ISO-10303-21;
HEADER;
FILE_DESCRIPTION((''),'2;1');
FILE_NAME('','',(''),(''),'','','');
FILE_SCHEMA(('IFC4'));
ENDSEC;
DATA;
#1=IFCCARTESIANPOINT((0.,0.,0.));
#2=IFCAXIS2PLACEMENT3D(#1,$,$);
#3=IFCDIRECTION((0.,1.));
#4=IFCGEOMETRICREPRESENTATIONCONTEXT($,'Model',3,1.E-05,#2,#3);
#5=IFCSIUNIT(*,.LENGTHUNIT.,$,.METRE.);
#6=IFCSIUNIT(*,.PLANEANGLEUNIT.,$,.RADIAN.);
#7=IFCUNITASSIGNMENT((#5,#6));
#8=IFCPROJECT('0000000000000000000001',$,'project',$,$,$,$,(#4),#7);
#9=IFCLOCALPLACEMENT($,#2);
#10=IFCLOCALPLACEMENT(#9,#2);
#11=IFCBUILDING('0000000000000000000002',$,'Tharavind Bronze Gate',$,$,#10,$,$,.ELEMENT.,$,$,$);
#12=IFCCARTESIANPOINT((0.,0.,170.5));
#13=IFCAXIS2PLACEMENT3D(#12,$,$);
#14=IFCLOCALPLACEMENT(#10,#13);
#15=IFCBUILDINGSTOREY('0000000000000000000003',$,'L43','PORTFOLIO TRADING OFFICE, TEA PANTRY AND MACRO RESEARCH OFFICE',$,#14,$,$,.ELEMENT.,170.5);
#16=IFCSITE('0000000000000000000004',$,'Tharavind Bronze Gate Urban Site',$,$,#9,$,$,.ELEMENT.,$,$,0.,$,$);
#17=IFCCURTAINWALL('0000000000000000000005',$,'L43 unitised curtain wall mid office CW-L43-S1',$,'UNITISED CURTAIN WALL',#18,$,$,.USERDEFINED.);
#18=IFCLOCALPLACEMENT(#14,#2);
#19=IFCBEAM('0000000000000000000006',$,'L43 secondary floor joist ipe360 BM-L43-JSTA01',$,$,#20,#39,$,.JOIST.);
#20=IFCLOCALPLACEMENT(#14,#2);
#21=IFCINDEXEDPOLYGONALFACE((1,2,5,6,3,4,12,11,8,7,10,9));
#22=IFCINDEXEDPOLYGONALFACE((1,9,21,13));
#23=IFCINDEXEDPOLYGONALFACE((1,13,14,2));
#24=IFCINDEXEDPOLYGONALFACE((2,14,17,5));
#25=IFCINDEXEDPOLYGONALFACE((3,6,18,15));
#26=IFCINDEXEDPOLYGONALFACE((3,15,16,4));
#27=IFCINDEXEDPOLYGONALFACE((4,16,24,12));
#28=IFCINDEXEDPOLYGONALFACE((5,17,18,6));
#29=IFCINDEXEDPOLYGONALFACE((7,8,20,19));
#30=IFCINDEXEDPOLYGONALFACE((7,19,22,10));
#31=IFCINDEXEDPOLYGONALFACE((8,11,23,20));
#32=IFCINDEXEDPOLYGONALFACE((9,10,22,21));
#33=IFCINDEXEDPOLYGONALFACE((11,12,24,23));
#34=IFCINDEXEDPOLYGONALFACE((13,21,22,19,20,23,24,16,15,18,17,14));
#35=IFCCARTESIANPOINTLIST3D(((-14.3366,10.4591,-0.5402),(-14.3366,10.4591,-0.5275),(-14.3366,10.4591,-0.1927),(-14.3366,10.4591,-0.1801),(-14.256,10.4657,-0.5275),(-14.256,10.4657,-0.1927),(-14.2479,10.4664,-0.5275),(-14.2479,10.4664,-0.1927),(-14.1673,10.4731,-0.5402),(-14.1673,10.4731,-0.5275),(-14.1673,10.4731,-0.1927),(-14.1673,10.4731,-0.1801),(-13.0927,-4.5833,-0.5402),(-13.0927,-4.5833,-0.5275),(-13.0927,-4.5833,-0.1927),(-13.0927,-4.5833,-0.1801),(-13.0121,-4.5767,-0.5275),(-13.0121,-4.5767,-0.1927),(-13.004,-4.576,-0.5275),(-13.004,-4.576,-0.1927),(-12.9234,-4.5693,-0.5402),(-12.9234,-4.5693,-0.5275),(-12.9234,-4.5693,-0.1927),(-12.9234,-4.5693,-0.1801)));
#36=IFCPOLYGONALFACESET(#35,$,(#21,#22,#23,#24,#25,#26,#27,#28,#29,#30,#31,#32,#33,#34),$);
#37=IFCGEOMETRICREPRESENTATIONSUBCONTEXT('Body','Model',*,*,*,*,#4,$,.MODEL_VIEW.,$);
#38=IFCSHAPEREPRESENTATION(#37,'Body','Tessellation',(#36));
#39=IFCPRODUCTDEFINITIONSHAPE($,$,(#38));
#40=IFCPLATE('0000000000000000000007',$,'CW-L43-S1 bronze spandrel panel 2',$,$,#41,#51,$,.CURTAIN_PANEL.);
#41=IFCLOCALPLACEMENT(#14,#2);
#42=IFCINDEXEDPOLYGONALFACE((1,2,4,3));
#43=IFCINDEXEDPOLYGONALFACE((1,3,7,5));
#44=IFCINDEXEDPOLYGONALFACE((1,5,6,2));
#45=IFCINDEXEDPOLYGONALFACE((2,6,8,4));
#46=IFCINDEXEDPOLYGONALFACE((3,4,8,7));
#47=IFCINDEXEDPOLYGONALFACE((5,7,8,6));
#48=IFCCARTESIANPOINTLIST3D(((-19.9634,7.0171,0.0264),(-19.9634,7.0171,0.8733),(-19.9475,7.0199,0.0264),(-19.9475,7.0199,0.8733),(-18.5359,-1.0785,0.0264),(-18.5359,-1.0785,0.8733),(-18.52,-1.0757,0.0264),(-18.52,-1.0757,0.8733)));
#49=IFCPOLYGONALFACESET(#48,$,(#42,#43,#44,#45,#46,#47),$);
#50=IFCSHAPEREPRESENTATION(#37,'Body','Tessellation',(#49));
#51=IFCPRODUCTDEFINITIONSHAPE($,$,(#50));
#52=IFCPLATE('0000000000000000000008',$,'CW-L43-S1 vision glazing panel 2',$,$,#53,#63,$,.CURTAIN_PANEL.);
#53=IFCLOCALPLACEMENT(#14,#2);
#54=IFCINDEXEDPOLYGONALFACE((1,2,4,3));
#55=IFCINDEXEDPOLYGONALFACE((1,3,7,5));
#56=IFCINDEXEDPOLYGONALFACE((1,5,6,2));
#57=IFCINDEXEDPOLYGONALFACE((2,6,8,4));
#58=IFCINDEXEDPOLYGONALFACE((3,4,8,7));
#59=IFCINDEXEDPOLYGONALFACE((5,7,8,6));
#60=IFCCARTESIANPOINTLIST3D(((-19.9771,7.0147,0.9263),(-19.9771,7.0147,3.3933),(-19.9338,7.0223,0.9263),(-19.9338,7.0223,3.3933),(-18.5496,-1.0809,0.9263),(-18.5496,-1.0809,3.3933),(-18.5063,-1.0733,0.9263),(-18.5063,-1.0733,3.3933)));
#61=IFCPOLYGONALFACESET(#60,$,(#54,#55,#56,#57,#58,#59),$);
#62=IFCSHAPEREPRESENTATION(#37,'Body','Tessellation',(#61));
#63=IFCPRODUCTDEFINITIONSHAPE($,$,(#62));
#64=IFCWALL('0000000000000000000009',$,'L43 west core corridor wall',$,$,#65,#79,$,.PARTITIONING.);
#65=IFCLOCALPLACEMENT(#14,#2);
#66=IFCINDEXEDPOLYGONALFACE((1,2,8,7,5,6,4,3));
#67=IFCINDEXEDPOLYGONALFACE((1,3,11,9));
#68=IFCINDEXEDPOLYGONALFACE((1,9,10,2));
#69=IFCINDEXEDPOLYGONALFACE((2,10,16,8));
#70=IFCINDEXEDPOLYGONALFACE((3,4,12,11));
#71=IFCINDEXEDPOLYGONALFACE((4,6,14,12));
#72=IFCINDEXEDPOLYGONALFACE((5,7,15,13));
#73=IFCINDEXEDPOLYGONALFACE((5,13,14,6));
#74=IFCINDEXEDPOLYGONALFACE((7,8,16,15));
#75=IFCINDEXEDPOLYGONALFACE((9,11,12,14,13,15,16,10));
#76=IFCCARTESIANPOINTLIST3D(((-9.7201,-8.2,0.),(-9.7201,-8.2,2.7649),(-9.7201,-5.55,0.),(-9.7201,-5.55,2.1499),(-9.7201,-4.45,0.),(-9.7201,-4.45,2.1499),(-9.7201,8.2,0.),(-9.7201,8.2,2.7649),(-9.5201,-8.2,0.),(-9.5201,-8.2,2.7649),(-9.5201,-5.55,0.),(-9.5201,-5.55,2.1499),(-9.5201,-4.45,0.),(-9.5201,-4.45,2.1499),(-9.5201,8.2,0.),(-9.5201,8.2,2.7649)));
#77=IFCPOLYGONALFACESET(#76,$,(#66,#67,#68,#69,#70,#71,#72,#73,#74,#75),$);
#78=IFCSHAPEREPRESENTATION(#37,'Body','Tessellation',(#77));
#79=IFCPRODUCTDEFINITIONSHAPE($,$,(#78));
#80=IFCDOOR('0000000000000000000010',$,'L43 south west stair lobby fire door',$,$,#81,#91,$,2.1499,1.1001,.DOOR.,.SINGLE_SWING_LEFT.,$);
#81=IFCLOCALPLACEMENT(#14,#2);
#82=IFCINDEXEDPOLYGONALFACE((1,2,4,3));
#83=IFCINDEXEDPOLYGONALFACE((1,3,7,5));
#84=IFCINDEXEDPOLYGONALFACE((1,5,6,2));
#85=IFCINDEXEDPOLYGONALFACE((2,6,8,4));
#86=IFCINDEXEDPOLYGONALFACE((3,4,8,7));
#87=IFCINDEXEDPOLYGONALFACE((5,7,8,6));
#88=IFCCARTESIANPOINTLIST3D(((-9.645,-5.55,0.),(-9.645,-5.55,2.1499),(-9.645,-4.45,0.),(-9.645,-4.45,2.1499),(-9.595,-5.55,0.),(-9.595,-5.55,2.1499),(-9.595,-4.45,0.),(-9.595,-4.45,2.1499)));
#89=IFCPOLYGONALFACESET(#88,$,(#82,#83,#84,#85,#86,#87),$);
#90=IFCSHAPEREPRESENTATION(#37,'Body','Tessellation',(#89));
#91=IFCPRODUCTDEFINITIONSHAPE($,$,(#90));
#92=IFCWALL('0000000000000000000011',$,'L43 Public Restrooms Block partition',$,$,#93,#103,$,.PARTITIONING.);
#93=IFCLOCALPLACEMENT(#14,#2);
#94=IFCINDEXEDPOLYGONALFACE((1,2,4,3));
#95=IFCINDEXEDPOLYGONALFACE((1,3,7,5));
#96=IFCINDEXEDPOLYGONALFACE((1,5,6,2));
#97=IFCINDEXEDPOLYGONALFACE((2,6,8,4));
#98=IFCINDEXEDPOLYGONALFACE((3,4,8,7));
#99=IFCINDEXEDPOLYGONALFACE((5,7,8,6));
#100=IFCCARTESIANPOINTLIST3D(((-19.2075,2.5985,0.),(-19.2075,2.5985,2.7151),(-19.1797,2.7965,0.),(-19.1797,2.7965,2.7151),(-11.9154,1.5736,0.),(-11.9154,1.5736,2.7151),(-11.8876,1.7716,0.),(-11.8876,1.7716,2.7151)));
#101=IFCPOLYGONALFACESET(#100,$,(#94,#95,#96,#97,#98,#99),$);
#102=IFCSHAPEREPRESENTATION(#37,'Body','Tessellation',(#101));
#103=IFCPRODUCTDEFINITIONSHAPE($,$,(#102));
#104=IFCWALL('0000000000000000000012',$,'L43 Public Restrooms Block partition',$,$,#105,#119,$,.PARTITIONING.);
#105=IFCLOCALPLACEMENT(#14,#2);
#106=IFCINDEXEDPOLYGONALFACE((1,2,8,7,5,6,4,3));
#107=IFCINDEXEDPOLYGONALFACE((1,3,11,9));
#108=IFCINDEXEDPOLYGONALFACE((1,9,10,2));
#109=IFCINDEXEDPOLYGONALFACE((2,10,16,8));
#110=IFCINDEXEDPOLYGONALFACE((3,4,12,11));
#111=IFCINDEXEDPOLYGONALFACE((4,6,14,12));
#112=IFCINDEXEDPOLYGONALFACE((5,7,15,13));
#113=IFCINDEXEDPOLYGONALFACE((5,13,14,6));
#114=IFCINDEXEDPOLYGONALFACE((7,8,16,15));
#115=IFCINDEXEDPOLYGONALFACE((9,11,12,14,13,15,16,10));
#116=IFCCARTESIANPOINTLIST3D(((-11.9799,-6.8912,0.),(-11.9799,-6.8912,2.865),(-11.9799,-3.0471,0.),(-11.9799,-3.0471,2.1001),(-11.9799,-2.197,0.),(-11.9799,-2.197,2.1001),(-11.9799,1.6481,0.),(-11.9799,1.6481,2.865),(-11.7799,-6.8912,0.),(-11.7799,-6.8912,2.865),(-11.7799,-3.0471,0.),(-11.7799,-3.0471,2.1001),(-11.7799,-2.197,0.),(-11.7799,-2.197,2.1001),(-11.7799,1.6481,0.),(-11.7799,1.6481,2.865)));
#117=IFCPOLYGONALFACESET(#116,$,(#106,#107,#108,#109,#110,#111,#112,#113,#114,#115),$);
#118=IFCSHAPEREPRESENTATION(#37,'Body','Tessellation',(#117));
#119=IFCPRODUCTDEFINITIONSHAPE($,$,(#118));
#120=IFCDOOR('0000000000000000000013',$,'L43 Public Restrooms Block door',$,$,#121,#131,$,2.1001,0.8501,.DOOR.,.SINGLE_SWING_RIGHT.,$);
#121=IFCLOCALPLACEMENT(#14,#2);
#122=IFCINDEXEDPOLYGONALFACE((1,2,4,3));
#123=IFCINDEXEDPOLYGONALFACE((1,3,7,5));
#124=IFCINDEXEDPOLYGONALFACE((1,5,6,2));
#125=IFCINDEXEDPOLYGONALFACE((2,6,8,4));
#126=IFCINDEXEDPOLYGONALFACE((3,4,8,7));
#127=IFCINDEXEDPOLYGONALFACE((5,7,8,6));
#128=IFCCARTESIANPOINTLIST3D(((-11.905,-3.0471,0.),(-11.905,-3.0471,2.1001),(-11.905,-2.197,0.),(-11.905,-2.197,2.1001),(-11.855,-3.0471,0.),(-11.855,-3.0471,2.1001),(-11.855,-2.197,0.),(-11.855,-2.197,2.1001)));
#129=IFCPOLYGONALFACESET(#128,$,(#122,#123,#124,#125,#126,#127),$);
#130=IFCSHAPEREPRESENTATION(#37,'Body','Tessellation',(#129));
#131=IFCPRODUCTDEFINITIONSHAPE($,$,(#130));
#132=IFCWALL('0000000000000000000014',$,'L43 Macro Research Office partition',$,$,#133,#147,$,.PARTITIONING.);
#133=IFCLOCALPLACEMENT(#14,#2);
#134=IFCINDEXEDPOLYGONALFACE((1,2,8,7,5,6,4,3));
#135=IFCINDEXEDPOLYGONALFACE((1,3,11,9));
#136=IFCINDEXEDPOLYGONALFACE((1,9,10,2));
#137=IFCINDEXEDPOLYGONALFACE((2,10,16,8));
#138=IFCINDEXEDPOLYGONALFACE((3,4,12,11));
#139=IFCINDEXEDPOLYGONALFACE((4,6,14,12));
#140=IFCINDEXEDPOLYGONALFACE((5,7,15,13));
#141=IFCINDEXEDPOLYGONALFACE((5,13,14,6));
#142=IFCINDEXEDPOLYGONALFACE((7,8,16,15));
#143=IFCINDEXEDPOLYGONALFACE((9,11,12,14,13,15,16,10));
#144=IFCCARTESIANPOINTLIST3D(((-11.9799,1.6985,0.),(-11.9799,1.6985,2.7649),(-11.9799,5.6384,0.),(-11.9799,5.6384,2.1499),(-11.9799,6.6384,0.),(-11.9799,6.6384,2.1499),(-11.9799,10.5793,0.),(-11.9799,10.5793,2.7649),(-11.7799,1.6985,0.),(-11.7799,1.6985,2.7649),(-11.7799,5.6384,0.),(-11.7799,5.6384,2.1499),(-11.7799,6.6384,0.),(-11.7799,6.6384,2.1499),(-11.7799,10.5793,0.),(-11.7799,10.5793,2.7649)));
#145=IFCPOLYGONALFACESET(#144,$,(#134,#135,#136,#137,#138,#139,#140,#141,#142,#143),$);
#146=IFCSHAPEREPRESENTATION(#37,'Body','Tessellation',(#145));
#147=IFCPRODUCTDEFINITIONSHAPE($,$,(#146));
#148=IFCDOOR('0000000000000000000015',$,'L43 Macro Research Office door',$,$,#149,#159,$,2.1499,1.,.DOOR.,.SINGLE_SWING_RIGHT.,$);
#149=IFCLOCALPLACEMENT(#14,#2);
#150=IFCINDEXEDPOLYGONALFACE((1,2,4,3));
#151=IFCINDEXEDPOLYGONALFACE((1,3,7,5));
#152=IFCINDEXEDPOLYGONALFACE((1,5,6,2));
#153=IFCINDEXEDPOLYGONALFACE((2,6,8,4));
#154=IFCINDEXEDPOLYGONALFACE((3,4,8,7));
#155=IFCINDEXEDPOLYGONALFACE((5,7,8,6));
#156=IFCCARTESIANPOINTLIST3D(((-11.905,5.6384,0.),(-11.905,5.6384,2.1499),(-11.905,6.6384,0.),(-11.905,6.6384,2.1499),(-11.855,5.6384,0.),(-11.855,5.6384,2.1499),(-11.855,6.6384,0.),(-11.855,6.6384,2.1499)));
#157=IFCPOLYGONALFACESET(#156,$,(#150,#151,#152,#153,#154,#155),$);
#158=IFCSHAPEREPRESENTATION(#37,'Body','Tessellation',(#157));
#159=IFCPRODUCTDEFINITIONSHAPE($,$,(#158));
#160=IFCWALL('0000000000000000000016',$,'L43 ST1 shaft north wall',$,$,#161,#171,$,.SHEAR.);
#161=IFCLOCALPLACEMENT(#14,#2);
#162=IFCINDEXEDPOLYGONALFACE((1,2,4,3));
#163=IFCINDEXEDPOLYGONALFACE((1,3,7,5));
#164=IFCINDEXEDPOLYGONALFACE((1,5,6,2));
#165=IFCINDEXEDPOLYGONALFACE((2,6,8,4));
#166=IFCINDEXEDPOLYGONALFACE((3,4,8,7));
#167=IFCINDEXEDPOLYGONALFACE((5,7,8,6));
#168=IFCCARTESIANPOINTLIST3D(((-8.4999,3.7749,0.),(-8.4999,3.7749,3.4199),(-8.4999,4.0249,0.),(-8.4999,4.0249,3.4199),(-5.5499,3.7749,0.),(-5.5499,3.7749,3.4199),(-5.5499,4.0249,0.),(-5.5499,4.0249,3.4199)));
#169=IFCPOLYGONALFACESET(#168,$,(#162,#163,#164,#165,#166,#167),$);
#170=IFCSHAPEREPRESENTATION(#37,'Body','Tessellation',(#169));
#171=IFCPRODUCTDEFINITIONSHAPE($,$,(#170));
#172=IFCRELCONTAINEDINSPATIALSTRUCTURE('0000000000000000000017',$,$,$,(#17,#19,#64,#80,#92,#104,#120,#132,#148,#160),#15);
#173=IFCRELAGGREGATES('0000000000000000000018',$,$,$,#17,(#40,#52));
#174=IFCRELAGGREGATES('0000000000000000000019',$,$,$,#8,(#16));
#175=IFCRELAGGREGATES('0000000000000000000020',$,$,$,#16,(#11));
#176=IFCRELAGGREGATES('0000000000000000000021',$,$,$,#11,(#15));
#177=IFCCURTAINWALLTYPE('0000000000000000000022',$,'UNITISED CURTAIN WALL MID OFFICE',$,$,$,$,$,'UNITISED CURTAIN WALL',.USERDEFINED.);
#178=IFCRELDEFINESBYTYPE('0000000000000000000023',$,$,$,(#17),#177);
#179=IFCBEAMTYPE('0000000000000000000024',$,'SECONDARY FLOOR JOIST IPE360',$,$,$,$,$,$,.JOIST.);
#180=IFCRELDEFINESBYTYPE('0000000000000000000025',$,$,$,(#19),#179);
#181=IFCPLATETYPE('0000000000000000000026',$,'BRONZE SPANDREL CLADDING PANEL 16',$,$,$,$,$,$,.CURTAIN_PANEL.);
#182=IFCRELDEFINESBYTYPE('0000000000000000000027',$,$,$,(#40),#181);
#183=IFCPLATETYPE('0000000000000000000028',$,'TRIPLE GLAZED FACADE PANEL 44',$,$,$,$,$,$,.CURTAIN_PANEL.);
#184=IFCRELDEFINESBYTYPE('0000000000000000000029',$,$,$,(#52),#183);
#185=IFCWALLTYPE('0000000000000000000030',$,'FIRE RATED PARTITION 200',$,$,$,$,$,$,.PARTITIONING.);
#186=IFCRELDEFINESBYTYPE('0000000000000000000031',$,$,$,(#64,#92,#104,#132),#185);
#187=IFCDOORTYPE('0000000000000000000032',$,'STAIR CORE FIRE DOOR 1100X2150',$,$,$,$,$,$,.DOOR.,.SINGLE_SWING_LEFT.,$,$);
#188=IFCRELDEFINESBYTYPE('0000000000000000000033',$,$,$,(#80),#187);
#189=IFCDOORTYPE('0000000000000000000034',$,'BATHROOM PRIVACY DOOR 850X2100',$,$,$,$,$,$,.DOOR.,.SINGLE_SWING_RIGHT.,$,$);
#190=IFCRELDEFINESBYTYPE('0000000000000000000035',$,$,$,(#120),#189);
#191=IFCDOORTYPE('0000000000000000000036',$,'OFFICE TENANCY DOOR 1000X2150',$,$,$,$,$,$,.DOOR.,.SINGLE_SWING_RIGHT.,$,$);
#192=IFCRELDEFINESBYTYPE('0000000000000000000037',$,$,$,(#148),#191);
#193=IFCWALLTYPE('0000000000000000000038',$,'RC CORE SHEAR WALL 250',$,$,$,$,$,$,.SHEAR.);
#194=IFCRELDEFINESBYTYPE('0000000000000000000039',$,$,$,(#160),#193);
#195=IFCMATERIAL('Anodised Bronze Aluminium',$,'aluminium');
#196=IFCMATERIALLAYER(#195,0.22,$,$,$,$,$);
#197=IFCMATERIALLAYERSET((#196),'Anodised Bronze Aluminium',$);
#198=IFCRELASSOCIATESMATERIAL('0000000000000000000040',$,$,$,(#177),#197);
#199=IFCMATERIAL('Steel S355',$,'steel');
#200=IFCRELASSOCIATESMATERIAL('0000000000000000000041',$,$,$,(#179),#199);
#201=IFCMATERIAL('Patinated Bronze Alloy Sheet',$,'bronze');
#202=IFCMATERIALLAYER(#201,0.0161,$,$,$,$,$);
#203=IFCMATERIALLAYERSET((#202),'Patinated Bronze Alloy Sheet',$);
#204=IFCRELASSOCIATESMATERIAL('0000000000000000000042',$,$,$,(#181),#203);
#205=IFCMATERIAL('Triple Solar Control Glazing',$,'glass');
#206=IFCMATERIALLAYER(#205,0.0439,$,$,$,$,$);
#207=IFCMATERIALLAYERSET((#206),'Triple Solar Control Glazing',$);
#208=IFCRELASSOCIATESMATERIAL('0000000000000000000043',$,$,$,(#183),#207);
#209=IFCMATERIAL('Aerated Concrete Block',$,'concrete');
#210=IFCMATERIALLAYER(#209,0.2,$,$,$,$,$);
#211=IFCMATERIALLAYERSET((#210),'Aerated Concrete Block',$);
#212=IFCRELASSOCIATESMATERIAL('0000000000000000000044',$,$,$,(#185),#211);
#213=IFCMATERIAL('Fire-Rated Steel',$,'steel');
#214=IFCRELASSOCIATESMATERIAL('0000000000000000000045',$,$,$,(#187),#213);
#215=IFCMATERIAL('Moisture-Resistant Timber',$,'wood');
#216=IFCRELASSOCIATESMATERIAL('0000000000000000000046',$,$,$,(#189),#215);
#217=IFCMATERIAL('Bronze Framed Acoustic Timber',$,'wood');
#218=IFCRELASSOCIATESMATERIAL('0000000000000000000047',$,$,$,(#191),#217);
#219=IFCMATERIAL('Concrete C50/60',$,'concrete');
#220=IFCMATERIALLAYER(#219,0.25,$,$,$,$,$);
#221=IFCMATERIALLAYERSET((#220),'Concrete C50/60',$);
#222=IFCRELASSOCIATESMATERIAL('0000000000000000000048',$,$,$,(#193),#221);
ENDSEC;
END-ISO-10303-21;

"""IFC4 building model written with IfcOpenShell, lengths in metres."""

from ifc_helpers import new_model, si_unit, direction, frame, frame_2d, origin, origin_2d, place, context, subcontext, project, spatial, rectangle, i_section, extrude, material, layer, layer_set, material_profile, profile_set, type_object, element, fill, aggregate, save


model = new_model("IFC4")

# Units and contexts
model_context = context("Model", 3, precision=1e-05, world=origin(), true_north=direction((0.0, 1.0)))
body_context = subcontext(model_context, "Body", "Model", "MODEL_VIEW")
ifc_project = project(units=[si_unit("LENGTHUNIT", "METRE"), si_unit("PLANEANGLEUNIT", "RADIAN")], contexts=[model_context])

# Site, building, storey
site_placement = place(None, origin())
site = spatial("IfcSite", under=ifc_project, at=site_placement, Name="Tharavind Bronze Gate Urban Site", CompositionType="ELEMENT", RefElevation=0.0)
building_placement = place(site_placement, origin())
building = spatial("IfcBuilding", under=site, at=building_placement, Name="Tharavind Bronze Gate", CompositionType="ELEMENT")
storey_placement = place(building_placement, frame((0.0, 0.0, 170.5)))
storey = spatial("IfcBuildingStorey", under=building, at=storey_placement, Name="L43", Description="PORTFOLIO TRADING OFFICE, TEA PANTRY AND MACRO RESEARCH OFFICE", CompositionType="ELEMENT", Elevation=170.5)

# Curtain wall
ifc_material_1 = material(Name="Anodised Bronze Aluminium", Category="aluminium")
ifc_layer_1 = layer(ifc_material_1, 0.22)
ifc_layer_set_1 = layer_set([ifc_layer_1], Name="Anodised Bronze Aluminium")
curtain_wall_type = type_object("IfcCurtainWallType", Name="UNITISED CURTAIN WALL MID OFFICE", ElementType="UNITISED CURTAIN WALL", PredefinedType="USERDEFINED", material=ifc_layer_set_1)
curtain_wall_placement = place(storey_placement, origin())
curtain_wall = element("IfcCurtainWall", 1, at=curtain_wall_placement, inside=storey, type_object=curtain_wall_type, Name="L43 unitised curtain wall mid office CW-L43-S1", ObjectType="UNITISED CURTAIN WALL", PredefinedType="USERDEFINED")

# Beam
ifc_material_2 = material(Name="Steel S355", Category="steel")
ifc_material_profile_1 = material_profile(ifc_material_2, i_section(OverallWidth=0.1699, OverallDepth=0.3601, WebThickness=0.0081, FlangeThickness=0.0127, at=origin_2d()), Name="IPE360")
ifc_profile_set_1 = profile_set([ifc_material_profile_1], Name="Steel S355")
beam_type_1 = type_object("IfcBeamType", Name="SECONDARY FLOOR JOIST IPE360", PredefinedType="JOIST", material=ifc_profile_set_1)
beam_1_placement = place(storey_placement, frame((-14.252, 10.4661, -0.3601), z_axis=(0.082411, -0.996598, 0.0), x_axis=(0.996598, 0.082411, 0.0)))
element("IfcBeam", 2, at=beam_1_placement, inside=storey, type_object=beam_type_1, Name="L43 secondary floor joist ipe360 BM-L43-JSTA01", PredefinedType="JOIST", context=body_context, shape_type="SweptSolid", body=[
    extrude(i_section(OverallWidth=0.1699, OverallDepth=0.3601, WebThickness=0.0081, FlangeThickness=0.0127, at=origin_2d()), origin(), (0.0, 0.0, 1.0), 15.0938),
])

# Plates
ifc_material_3 = material(Name="Patinated Bronze Alloy Sheet", Category="bronze")
ifc_layer_2 = layer(ifc_material_3, 0.0161)
ifc_layer_set_2 = layer_set([ifc_layer_2], Name="Patinated Bronze Alloy Sheet")
plate_type_1 = type_object("IfcPlateType", Name="BRONZE SPANDREL CLADDING PANEL 16", PredefinedType="CURTAIN_PANEL", material=ifc_layer_set_2)
plate_1_placement = place(storey_placement, frame((-19.2417, 2.9707, 0.0264), z_axis=(0.0, 0.0, 1.0), x_axis=(0.173648, -0.984808, 0.0)))
plate_1 = element("IfcPlate", 3, at=plate_1_placement, type_object=plate_type_1, Name="CW-L43-S1 bronze spandrel panel 2", PredefinedType="CURTAIN_PANEL", context=body_context, shape_type="SweptSolid", body=[
    extrude(rectangle(XDim=8.2205, YDim=0.0161, at=origin_2d()), origin(), (0.0, 0.0, 1.0), 0.8469),
])
ifc_material_4 = material(Name="Triple Solar Control Glazing", Category="glass")
ifc_layer_3 = layer(ifc_material_4, 0.0439)
ifc_layer_set_3 = layer_set([ifc_layer_3], Name="Triple Solar Control Glazing")
plate_type_2 = type_object("IfcPlateType", Name="TRIPLE GLAZED FACADE PANEL 44", PredefinedType="CURTAIN_PANEL", material=ifc_layer_set_3)
plate_2_placement = place(storey_placement, frame((-19.2417, 2.9707, 0.9263), z_axis=(0.0, 0.0, 1.0), x_axis=(0.173648, -0.984808, 0.0)))
plate_2 = element("IfcPlate", 4, at=plate_2_placement, type_object=plate_type_2, Name="CW-L43-S1 vision glazing panel 2", PredefinedType="CURTAIN_PANEL", context=body_context, shape_type="SweptSolid", body=[
    extrude(rectangle(XDim=8.2205, YDim=0.0439, at=origin_2d()), origin(), (0.0, 0.0, 1.0), 2.467),
])
aggregate(curtain_wall, [plate_1, plate_2])

# Wall, opening, door
ifc_material_5 = material(Name="Aerated Concrete Block", Category="concrete")
ifc_layer_4 = layer(ifc_material_5, 0.2)
ifc_layer_set_4 = layer_set([ifc_layer_4], Name="Aerated Concrete Block")
wall_type_1 = type_object("IfcWallType", Name="FIRE RATED PARTITION 200", PredefinedType="PARTITIONING", material=ifc_layer_set_4)
wall_1_placement = place(storey_placement, frame((-9.6201, 8.2, 0.0), z_axis=(0.0, 0.0, 1.0), x_axis=(0.0, -1.0, 0.0)))
wall_1 = element("IfcWall", 5, at=wall_1_placement, inside=storey, type_object=wall_type_1, Name="L43 west core corridor wall", PredefinedType="PARTITIONING", context=body_context, shape_type="SweptSolid", body=[
    extrude(rectangle(XDim=16.3999, YDim=0.2, at=frame_2d((8.2, 0.0))), origin(), (0.0, 0.0, 1.0), 2.7649),
])
opening_1_placement = place(wall_1_placement, frame((12.6499, 0.0, 0.0)))
opening_1 = element("IfcOpeningElement", 6, at=opening_1_placement, cuts=wall_1, PredefinedType="OPENING", context=body_context, shape_type="SweptSolid", body=[
    extrude(rectangle(XDim=1.1001, YDim=2.1499, at=frame_2d((0.55, 1.075))), frame((0.0, 0.1101, 0.0), z_axis=(0.0, -1.0, 0.0), x_axis=(1.0, 0.0, 0.0)), (0.0, 0.0, 1.0), 0.22),
])
ifc_material_6 = material(Name="Fire-Rated Steel", Category="steel")
door_type_1 = type_object("IfcDoorType", Name="STAIR CORE FIRE DOOR 1100X2150", OperationType="SINGLE_SWING_LEFT", PredefinedType="DOOR", material=ifc_material_6)
door_1_placement = place(opening_1_placement, frame((1.1001, 0.0, 0.0), z_axis=(0.0, 0.0, 1.0), x_axis=(-1.0, 0.0, 0.0)))
door_1 = element("IfcDoor", 7, at=door_1_placement, inside=storey, type_object=door_type_1, Name="L43 south west stair lobby fire door", OperationType="SINGLE_SWING_LEFT", OverallHeight=2.1499, OverallWidth=1.1001, PredefinedType="DOOR", context=body_context, shape_type="SweptSolid", body=[
    extrude(rectangle(XDim=1.1001, YDim=2.1499, at=frame_2d((0.55, 1.075))), frame((0.0, 0.0249, 0.0), z_axis=(0.0, -1.0, 0.0), x_axis=(1.0, 0.0, 0.0)), (0.0, 0.0, 1.0), 0.05),
])
fill(opening_1, door_1)

# Wall
wall_2_placement = place(storey_placement, frame((-19.1936, 2.6975, 0.0), z_axis=(0.0, 0.0, 1.0), x_axis=(0.990267, -0.139184, 0.0)))
element("IfcWall", 8, at=wall_2_placement, inside=storey, type_object=wall_type_1, Name="L43 Public Restrooms Block partition", PredefinedType="PARTITIONING", context=body_context, shape_type="SweptSolid", body=[
    extrude(rectangle(XDim=7.3638, YDim=0.2, at=frame_2d((3.6819, 0.0))), origin(), (0.0, 0.0, 1.0), 2.7151),
])

# Walls, openings, doors
wall_3_placement = place(storey_placement, frame((-11.8799, 1.6479, 0.0), z_axis=(0.0, 0.0, 1.0), x_axis=(0.0, -1.0, 0.0)))
wall_3 = element("IfcWall", 9, at=wall_3_placement, inside=storey, type_object=wall_type_1, Name="L43 Public Restrooms Block partition", PredefinedType="PARTITIONING", context=body_context, shape_type="SweptSolid", body=[
    extrude(rectangle(XDim=8.5393, YDim=0.2, at=frame_2d((4.2695, 0.0))), origin(), (0.0, 0.0, 1.0), 2.865),
])
opening_2_placement = place(wall_3_placement, frame((3.845, 0.0, 0.0)))
opening_2 = element("IfcOpeningElement", 10, at=opening_2_placement, cuts=wall_3, PredefinedType="OPENING", context=body_context, shape_type="SweptSolid", body=[
    extrude(rectangle(XDim=0.8501, YDim=2.1001, at=frame_2d((0.425, 1.05))), frame((0.0, 0.1101, 0.0), z_axis=(0.0, -1.0, 0.0), x_axis=(1.0, 0.0, 0.0)), (0.0, 0.0, 1.0), 0.22),
])
ifc_material_7 = material(Name="Moisture-Resistant Timber", Category="wood")
door_type_2 = type_object("IfcDoorType", Name="BATHROOM PRIVACY DOOR 850X2100", OperationType="SINGLE_SWING_RIGHT", PredefinedType="DOOR", material=ifc_material_7)
door_2_placement = place(opening_2_placement, origin())
door_2 = element("IfcDoor", 11, at=door_2_placement, inside=storey, type_object=door_type_2, Name="L43 Public Restrooms Block door", OperationType="SINGLE_SWING_RIGHT", OverallHeight=2.1001, OverallWidth=0.8501, PredefinedType="DOOR", context=body_context, shape_type="SweptSolid", body=[
    extrude(rectangle(XDim=0.8501, YDim=2.1001, at=frame_2d((0.425, 1.05))), frame((0.0, 0.0249, 0.0), z_axis=(0.0, -1.0, 0.0), x_axis=(1.0, 0.0, 0.0)), (0.0, 0.0, 1.0), 0.05),
])
fill(opening_2, door_2)
wall_4_placement = place(storey_placement, frame((-11.8799, 10.5793, 0.0), z_axis=(0.0, 0.0, 1.0), x_axis=(0.0, -1.0, 0.0)))
wall_4 = element("IfcWall", 12, at=wall_4_placement, inside=storey, type_object=wall_type_1, Name="L43 Macro Research Office partition", PredefinedType="PARTITIONING", context=body_context, shape_type="SweptSolid", body=[
    extrude(rectangle(XDim=8.8809, YDim=0.2, at=frame_2d((4.4404, 0.0))), origin(), (0.0, 0.0, 1.0), 2.7649),
])
opening_3_placement = place(wall_4_placement, frame((3.9409, 0.0, 0.0)))
opening_3 = element("IfcOpeningElement", 13, at=opening_3_placement, cuts=wall_4, PredefinedType="OPENING", context=body_context, shape_type="SweptSolid", body=[
    extrude(rectangle(XDim=1.0, YDim=2.1499, at=frame_2d((0.5, 1.075))), frame((0.0, 0.1101, 0.0), z_axis=(0.0, -1.0, 0.0), x_axis=(1.0, 0.0, 0.0)), (0.0, 0.0, 1.0), 0.22),
])
ifc_material_8 = material(Name="Bronze Framed Acoustic Timber", Category="wood")
door_type_3 = type_object("IfcDoorType", Name="OFFICE TENANCY DOOR 1000X2150", OperationType="SINGLE_SWING_RIGHT", PredefinedType="DOOR", material=ifc_material_8)
door_3_placement = place(opening_3_placement, origin())
door_3 = element("IfcDoor", 14, at=door_3_placement, inside=storey, type_object=door_type_3, Name="L43 Macro Research Office door", OperationType="SINGLE_SWING_RIGHT", OverallHeight=2.1499, OverallWidth=1.0, PredefinedType="DOOR", context=body_context, shape_type="SweptSolid", body=[
    extrude(rectangle(XDim=1.0, YDim=2.1499, at=frame_2d((0.5, 1.075))), frame((0.0, 0.0249, 0.0), z_axis=(0.0, -1.0, 0.0), x_axis=(1.0, 0.0, 0.0)), (0.0, 0.0, 1.0), 0.05),
])
fill(opening_3, door_3)

# Wall
ifc_material_9 = material(Name="Concrete C50/60", Category="concrete")
ifc_layer_5 = layer(ifc_material_9, 0.25)
ifc_layer_set_5 = layer_set([ifc_layer_5], Name="Concrete C50/60")
wall_type_2 = type_object("IfcWallType", Name="RC CORE SHEAR WALL 250", PredefinedType="SHEAR", material=ifc_layer_set_5)
wall_5_placement = place(storey_placement, frame((-8.5, 3.8999, 0.0), z_axis=(0.0, 0.0, 1.0), x_axis=(1.0, 0.0, 0.0)))
element("IfcWall", 15, at=wall_5_placement, inside=storey, type_object=wall_type_2, Name="L43 ST1 shaft north wall", PredefinedType="SHEAR", context=body_context, shape_type="SweptSolid", body=[
    extrude(rectangle(XDim=2.95, YDim=0.25, at=frame_2d((1.4751, 0.0))), origin(), (0.0, 0.0, 1.0), 3.4199),
])

save(model, "model.ifc")
